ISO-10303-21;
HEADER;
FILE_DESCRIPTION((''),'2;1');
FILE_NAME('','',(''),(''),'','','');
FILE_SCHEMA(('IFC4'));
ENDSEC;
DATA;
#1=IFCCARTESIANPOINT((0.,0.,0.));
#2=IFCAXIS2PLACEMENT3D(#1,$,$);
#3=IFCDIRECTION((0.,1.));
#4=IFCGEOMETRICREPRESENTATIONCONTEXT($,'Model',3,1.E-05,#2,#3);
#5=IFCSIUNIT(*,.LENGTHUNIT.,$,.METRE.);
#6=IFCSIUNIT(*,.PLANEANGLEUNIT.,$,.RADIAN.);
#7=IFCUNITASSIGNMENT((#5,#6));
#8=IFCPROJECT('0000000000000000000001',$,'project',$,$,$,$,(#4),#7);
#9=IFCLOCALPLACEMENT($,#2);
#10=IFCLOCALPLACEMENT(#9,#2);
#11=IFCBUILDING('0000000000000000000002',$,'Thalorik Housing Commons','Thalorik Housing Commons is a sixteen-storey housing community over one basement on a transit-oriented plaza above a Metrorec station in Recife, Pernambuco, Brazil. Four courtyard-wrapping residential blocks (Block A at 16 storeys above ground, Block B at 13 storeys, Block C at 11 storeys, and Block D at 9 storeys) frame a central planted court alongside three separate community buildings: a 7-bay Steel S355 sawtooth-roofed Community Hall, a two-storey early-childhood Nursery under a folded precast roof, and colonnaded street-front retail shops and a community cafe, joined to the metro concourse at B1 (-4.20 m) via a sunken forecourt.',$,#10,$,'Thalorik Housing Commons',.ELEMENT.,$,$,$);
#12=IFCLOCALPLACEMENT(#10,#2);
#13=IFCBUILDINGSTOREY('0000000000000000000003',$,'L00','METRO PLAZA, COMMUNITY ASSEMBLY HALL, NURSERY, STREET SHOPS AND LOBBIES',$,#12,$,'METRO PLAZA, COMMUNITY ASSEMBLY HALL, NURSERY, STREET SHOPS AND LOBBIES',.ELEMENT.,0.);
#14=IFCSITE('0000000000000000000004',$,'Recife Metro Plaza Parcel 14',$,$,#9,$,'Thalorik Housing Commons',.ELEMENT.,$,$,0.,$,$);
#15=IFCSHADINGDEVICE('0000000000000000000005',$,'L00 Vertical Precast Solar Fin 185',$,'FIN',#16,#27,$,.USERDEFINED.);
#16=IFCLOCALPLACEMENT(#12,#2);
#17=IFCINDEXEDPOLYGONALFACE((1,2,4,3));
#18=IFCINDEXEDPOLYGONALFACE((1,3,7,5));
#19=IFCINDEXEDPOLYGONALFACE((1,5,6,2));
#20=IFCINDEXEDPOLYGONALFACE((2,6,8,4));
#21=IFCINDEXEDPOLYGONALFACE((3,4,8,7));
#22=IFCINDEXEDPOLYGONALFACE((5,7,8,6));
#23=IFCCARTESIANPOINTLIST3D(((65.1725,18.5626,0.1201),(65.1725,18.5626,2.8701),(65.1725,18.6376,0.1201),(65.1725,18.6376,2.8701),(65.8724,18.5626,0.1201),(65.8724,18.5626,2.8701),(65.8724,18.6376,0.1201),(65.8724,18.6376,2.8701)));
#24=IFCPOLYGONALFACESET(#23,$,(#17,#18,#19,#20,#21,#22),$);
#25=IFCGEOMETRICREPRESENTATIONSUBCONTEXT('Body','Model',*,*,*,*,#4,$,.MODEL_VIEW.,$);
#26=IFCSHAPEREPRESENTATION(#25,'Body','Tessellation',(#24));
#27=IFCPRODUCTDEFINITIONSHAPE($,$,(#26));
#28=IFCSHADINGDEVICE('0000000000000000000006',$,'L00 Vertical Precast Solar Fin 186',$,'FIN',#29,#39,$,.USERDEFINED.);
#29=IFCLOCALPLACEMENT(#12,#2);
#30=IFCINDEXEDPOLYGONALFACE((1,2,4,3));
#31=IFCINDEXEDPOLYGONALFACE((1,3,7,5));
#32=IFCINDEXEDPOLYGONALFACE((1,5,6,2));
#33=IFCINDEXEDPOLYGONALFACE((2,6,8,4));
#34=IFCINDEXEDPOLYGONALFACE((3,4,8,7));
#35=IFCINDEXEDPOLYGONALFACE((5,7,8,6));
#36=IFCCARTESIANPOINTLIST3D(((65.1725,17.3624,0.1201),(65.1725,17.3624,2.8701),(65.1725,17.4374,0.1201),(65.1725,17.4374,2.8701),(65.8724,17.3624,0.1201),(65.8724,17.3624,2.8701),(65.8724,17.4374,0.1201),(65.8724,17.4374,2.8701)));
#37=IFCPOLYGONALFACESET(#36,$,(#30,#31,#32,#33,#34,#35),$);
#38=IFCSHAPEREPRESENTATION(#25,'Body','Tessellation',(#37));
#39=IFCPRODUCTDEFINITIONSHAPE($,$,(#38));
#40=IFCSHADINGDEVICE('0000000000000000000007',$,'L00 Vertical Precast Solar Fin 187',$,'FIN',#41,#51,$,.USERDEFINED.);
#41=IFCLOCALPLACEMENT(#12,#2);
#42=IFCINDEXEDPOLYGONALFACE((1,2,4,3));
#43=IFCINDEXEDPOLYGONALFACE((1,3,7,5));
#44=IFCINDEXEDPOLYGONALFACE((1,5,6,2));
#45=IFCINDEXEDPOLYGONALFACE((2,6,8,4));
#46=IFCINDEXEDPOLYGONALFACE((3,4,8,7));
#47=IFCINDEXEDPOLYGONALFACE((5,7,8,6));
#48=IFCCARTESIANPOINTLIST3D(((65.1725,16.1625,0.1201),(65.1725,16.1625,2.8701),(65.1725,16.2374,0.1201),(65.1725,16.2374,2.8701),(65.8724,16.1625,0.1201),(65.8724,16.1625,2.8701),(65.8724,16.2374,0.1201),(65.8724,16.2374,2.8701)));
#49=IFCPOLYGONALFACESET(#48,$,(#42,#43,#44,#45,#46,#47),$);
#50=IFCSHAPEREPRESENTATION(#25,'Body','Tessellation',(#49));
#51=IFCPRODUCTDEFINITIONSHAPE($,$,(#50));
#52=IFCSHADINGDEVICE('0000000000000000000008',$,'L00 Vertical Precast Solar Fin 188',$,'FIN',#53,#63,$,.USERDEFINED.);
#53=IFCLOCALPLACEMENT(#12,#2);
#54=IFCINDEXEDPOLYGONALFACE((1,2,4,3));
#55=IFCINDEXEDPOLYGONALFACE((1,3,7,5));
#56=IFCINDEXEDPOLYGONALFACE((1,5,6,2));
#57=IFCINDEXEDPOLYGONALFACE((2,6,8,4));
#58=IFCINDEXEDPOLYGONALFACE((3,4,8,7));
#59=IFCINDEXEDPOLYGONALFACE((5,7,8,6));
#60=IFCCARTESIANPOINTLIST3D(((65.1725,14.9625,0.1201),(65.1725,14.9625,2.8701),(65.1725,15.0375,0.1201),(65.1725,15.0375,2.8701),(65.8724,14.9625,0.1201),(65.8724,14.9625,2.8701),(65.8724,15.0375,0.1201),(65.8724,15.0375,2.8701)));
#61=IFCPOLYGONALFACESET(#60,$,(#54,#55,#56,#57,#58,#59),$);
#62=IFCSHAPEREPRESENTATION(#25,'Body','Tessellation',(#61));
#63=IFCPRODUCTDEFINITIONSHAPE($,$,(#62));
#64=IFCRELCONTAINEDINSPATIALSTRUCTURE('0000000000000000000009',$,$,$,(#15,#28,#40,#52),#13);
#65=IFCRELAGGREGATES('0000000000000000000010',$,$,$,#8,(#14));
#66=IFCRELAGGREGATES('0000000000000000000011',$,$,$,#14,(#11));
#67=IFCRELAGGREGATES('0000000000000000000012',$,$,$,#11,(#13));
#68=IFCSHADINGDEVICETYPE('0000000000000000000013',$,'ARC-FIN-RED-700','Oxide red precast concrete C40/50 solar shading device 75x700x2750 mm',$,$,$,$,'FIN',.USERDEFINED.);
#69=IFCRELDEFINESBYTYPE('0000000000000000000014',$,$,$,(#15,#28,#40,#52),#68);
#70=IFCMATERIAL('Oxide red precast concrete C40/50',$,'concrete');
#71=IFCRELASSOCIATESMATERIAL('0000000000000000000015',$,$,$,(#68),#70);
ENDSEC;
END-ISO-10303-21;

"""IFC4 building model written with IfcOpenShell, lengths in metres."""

from ifc_helpers import new_model, si_unit, direction, frame, origin, origin_2d, place, context, subcontext, project, spatial, rectangle, extrude, material, type_object, element, save


model = new_model("IFC4")

# Units and contexts
model_context = context("Model", 3, precision=1e-05, world=origin(), true_north=direction((0.0, 1.0)))
body_context = subcontext(model_context, "Body", "Model", "MODEL_VIEW")
ifc_project = project(units=[si_unit("LENGTHUNIT", "METRE"), si_unit("PLANEANGLEUNIT", "RADIAN")], contexts=[model_context])

# Site, building, storey
site_placement = place(None, origin())
site = spatial("IfcSite", under=ifc_project, at=site_placement, Name="Recife Metro Plaza Parcel 14", LongName="Thalorik Housing Commons", CompositionType="ELEMENT", RefElevation=0.0)
building_placement = place(site_placement, origin())
building = spatial("IfcBuilding", under=site, at=building_placement, Name="Thalorik Housing Commons", Description="Thalorik Housing Commons is a sixteen-storey housing community over one basement on a transit-oriented plaza above a Metrorec station in Recife, Pernambuco, Brazil. Four courtyard-wrapping residential blocks (Block A at 16 storeys above ground, Block B at 13 storeys, Block C at 11 storeys, and Block D at 9 storeys) frame a central planted court alongside three separate community buildings: a 7-bay Steel S355 sawtooth-roofed Community Hall, a two-storey early-childhood Nursery under a folded precast roof, and colonnaded street-front retail shops and a community cafe, joined to the metro concourse at B1 (-4.20 m) via a sunken forecourt.", LongName="Thalorik Housing Commons", CompositionType="ELEMENT")
storey_placement = place(building_placement, origin())
storey = spatial("IfcBuildingStorey", under=building, at=storey_placement, Name="L00", Description="METRO PLAZA, COMMUNITY ASSEMBLY HALL, NURSERY, STREET SHOPS AND LOBBIES", LongName="METRO PLAZA, COMMUNITY ASSEMBLY HALL, NURSERY, STREET SHOPS AND LOBBIES", CompositionType="ELEMENT", Elevation=0.0)

# Shading devices
ifc_material_1 = material(Name="Oxide red precast concrete C40/50", Category="concrete")
shading_device_type = type_object("IfcShadingDeviceType", Name="ARC-FIN-RED-700", Description="Oxide red precast concrete C40/50 solar shading device 75x700x2750 mm", ElementType="FIN", PredefinedType="USERDEFINED", material=ifc_material_1)
for number, where, z_axis, x_axis, name in (
    (1, (65.5225, 18.6001, 0.1201), (0.0, 0.0, 1.0), (0.0, -1.0, 0.0), "L00 Vertical Precast Solar Fin 185"),
    (2, (65.5225, 17.3999, 0.1201), (0.0, 0.0, 1.0), (0.0, -1.0, 0.0), "L00 Vertical Precast Solar Fin 186"),
    (3, (65.5225, 16.2, 0.1201), (0.0, 0.0, 1.0), (0.0, -1.0, 0.0), "L00 Vertical Precast Solar Fin 187"),
    (4, (65.5225, 15.0, 0.1201), (0.0, 0.0, 1.0), (0.0, -1.0, 0.0), "L00 Vertical Precast Solar Fin 188"),
):
    element("IfcShadingDevice", number, at=place(storey_placement, frame(where, z_axis=z_axis, x_axis=x_axis)), inside=storey, type_object=shading_device_type, Name=name, ObjectType="FIN", PredefinedType="USERDEFINED", context=body_context, shape_type="SweptSolid", body=[
        extrude(rectangle(XDim=0.075, YDim=0.7, at=origin_2d()), origin(), (0.0, 0.0, 1.0), 2.75),
    ])

save(model, "model.ifc")
